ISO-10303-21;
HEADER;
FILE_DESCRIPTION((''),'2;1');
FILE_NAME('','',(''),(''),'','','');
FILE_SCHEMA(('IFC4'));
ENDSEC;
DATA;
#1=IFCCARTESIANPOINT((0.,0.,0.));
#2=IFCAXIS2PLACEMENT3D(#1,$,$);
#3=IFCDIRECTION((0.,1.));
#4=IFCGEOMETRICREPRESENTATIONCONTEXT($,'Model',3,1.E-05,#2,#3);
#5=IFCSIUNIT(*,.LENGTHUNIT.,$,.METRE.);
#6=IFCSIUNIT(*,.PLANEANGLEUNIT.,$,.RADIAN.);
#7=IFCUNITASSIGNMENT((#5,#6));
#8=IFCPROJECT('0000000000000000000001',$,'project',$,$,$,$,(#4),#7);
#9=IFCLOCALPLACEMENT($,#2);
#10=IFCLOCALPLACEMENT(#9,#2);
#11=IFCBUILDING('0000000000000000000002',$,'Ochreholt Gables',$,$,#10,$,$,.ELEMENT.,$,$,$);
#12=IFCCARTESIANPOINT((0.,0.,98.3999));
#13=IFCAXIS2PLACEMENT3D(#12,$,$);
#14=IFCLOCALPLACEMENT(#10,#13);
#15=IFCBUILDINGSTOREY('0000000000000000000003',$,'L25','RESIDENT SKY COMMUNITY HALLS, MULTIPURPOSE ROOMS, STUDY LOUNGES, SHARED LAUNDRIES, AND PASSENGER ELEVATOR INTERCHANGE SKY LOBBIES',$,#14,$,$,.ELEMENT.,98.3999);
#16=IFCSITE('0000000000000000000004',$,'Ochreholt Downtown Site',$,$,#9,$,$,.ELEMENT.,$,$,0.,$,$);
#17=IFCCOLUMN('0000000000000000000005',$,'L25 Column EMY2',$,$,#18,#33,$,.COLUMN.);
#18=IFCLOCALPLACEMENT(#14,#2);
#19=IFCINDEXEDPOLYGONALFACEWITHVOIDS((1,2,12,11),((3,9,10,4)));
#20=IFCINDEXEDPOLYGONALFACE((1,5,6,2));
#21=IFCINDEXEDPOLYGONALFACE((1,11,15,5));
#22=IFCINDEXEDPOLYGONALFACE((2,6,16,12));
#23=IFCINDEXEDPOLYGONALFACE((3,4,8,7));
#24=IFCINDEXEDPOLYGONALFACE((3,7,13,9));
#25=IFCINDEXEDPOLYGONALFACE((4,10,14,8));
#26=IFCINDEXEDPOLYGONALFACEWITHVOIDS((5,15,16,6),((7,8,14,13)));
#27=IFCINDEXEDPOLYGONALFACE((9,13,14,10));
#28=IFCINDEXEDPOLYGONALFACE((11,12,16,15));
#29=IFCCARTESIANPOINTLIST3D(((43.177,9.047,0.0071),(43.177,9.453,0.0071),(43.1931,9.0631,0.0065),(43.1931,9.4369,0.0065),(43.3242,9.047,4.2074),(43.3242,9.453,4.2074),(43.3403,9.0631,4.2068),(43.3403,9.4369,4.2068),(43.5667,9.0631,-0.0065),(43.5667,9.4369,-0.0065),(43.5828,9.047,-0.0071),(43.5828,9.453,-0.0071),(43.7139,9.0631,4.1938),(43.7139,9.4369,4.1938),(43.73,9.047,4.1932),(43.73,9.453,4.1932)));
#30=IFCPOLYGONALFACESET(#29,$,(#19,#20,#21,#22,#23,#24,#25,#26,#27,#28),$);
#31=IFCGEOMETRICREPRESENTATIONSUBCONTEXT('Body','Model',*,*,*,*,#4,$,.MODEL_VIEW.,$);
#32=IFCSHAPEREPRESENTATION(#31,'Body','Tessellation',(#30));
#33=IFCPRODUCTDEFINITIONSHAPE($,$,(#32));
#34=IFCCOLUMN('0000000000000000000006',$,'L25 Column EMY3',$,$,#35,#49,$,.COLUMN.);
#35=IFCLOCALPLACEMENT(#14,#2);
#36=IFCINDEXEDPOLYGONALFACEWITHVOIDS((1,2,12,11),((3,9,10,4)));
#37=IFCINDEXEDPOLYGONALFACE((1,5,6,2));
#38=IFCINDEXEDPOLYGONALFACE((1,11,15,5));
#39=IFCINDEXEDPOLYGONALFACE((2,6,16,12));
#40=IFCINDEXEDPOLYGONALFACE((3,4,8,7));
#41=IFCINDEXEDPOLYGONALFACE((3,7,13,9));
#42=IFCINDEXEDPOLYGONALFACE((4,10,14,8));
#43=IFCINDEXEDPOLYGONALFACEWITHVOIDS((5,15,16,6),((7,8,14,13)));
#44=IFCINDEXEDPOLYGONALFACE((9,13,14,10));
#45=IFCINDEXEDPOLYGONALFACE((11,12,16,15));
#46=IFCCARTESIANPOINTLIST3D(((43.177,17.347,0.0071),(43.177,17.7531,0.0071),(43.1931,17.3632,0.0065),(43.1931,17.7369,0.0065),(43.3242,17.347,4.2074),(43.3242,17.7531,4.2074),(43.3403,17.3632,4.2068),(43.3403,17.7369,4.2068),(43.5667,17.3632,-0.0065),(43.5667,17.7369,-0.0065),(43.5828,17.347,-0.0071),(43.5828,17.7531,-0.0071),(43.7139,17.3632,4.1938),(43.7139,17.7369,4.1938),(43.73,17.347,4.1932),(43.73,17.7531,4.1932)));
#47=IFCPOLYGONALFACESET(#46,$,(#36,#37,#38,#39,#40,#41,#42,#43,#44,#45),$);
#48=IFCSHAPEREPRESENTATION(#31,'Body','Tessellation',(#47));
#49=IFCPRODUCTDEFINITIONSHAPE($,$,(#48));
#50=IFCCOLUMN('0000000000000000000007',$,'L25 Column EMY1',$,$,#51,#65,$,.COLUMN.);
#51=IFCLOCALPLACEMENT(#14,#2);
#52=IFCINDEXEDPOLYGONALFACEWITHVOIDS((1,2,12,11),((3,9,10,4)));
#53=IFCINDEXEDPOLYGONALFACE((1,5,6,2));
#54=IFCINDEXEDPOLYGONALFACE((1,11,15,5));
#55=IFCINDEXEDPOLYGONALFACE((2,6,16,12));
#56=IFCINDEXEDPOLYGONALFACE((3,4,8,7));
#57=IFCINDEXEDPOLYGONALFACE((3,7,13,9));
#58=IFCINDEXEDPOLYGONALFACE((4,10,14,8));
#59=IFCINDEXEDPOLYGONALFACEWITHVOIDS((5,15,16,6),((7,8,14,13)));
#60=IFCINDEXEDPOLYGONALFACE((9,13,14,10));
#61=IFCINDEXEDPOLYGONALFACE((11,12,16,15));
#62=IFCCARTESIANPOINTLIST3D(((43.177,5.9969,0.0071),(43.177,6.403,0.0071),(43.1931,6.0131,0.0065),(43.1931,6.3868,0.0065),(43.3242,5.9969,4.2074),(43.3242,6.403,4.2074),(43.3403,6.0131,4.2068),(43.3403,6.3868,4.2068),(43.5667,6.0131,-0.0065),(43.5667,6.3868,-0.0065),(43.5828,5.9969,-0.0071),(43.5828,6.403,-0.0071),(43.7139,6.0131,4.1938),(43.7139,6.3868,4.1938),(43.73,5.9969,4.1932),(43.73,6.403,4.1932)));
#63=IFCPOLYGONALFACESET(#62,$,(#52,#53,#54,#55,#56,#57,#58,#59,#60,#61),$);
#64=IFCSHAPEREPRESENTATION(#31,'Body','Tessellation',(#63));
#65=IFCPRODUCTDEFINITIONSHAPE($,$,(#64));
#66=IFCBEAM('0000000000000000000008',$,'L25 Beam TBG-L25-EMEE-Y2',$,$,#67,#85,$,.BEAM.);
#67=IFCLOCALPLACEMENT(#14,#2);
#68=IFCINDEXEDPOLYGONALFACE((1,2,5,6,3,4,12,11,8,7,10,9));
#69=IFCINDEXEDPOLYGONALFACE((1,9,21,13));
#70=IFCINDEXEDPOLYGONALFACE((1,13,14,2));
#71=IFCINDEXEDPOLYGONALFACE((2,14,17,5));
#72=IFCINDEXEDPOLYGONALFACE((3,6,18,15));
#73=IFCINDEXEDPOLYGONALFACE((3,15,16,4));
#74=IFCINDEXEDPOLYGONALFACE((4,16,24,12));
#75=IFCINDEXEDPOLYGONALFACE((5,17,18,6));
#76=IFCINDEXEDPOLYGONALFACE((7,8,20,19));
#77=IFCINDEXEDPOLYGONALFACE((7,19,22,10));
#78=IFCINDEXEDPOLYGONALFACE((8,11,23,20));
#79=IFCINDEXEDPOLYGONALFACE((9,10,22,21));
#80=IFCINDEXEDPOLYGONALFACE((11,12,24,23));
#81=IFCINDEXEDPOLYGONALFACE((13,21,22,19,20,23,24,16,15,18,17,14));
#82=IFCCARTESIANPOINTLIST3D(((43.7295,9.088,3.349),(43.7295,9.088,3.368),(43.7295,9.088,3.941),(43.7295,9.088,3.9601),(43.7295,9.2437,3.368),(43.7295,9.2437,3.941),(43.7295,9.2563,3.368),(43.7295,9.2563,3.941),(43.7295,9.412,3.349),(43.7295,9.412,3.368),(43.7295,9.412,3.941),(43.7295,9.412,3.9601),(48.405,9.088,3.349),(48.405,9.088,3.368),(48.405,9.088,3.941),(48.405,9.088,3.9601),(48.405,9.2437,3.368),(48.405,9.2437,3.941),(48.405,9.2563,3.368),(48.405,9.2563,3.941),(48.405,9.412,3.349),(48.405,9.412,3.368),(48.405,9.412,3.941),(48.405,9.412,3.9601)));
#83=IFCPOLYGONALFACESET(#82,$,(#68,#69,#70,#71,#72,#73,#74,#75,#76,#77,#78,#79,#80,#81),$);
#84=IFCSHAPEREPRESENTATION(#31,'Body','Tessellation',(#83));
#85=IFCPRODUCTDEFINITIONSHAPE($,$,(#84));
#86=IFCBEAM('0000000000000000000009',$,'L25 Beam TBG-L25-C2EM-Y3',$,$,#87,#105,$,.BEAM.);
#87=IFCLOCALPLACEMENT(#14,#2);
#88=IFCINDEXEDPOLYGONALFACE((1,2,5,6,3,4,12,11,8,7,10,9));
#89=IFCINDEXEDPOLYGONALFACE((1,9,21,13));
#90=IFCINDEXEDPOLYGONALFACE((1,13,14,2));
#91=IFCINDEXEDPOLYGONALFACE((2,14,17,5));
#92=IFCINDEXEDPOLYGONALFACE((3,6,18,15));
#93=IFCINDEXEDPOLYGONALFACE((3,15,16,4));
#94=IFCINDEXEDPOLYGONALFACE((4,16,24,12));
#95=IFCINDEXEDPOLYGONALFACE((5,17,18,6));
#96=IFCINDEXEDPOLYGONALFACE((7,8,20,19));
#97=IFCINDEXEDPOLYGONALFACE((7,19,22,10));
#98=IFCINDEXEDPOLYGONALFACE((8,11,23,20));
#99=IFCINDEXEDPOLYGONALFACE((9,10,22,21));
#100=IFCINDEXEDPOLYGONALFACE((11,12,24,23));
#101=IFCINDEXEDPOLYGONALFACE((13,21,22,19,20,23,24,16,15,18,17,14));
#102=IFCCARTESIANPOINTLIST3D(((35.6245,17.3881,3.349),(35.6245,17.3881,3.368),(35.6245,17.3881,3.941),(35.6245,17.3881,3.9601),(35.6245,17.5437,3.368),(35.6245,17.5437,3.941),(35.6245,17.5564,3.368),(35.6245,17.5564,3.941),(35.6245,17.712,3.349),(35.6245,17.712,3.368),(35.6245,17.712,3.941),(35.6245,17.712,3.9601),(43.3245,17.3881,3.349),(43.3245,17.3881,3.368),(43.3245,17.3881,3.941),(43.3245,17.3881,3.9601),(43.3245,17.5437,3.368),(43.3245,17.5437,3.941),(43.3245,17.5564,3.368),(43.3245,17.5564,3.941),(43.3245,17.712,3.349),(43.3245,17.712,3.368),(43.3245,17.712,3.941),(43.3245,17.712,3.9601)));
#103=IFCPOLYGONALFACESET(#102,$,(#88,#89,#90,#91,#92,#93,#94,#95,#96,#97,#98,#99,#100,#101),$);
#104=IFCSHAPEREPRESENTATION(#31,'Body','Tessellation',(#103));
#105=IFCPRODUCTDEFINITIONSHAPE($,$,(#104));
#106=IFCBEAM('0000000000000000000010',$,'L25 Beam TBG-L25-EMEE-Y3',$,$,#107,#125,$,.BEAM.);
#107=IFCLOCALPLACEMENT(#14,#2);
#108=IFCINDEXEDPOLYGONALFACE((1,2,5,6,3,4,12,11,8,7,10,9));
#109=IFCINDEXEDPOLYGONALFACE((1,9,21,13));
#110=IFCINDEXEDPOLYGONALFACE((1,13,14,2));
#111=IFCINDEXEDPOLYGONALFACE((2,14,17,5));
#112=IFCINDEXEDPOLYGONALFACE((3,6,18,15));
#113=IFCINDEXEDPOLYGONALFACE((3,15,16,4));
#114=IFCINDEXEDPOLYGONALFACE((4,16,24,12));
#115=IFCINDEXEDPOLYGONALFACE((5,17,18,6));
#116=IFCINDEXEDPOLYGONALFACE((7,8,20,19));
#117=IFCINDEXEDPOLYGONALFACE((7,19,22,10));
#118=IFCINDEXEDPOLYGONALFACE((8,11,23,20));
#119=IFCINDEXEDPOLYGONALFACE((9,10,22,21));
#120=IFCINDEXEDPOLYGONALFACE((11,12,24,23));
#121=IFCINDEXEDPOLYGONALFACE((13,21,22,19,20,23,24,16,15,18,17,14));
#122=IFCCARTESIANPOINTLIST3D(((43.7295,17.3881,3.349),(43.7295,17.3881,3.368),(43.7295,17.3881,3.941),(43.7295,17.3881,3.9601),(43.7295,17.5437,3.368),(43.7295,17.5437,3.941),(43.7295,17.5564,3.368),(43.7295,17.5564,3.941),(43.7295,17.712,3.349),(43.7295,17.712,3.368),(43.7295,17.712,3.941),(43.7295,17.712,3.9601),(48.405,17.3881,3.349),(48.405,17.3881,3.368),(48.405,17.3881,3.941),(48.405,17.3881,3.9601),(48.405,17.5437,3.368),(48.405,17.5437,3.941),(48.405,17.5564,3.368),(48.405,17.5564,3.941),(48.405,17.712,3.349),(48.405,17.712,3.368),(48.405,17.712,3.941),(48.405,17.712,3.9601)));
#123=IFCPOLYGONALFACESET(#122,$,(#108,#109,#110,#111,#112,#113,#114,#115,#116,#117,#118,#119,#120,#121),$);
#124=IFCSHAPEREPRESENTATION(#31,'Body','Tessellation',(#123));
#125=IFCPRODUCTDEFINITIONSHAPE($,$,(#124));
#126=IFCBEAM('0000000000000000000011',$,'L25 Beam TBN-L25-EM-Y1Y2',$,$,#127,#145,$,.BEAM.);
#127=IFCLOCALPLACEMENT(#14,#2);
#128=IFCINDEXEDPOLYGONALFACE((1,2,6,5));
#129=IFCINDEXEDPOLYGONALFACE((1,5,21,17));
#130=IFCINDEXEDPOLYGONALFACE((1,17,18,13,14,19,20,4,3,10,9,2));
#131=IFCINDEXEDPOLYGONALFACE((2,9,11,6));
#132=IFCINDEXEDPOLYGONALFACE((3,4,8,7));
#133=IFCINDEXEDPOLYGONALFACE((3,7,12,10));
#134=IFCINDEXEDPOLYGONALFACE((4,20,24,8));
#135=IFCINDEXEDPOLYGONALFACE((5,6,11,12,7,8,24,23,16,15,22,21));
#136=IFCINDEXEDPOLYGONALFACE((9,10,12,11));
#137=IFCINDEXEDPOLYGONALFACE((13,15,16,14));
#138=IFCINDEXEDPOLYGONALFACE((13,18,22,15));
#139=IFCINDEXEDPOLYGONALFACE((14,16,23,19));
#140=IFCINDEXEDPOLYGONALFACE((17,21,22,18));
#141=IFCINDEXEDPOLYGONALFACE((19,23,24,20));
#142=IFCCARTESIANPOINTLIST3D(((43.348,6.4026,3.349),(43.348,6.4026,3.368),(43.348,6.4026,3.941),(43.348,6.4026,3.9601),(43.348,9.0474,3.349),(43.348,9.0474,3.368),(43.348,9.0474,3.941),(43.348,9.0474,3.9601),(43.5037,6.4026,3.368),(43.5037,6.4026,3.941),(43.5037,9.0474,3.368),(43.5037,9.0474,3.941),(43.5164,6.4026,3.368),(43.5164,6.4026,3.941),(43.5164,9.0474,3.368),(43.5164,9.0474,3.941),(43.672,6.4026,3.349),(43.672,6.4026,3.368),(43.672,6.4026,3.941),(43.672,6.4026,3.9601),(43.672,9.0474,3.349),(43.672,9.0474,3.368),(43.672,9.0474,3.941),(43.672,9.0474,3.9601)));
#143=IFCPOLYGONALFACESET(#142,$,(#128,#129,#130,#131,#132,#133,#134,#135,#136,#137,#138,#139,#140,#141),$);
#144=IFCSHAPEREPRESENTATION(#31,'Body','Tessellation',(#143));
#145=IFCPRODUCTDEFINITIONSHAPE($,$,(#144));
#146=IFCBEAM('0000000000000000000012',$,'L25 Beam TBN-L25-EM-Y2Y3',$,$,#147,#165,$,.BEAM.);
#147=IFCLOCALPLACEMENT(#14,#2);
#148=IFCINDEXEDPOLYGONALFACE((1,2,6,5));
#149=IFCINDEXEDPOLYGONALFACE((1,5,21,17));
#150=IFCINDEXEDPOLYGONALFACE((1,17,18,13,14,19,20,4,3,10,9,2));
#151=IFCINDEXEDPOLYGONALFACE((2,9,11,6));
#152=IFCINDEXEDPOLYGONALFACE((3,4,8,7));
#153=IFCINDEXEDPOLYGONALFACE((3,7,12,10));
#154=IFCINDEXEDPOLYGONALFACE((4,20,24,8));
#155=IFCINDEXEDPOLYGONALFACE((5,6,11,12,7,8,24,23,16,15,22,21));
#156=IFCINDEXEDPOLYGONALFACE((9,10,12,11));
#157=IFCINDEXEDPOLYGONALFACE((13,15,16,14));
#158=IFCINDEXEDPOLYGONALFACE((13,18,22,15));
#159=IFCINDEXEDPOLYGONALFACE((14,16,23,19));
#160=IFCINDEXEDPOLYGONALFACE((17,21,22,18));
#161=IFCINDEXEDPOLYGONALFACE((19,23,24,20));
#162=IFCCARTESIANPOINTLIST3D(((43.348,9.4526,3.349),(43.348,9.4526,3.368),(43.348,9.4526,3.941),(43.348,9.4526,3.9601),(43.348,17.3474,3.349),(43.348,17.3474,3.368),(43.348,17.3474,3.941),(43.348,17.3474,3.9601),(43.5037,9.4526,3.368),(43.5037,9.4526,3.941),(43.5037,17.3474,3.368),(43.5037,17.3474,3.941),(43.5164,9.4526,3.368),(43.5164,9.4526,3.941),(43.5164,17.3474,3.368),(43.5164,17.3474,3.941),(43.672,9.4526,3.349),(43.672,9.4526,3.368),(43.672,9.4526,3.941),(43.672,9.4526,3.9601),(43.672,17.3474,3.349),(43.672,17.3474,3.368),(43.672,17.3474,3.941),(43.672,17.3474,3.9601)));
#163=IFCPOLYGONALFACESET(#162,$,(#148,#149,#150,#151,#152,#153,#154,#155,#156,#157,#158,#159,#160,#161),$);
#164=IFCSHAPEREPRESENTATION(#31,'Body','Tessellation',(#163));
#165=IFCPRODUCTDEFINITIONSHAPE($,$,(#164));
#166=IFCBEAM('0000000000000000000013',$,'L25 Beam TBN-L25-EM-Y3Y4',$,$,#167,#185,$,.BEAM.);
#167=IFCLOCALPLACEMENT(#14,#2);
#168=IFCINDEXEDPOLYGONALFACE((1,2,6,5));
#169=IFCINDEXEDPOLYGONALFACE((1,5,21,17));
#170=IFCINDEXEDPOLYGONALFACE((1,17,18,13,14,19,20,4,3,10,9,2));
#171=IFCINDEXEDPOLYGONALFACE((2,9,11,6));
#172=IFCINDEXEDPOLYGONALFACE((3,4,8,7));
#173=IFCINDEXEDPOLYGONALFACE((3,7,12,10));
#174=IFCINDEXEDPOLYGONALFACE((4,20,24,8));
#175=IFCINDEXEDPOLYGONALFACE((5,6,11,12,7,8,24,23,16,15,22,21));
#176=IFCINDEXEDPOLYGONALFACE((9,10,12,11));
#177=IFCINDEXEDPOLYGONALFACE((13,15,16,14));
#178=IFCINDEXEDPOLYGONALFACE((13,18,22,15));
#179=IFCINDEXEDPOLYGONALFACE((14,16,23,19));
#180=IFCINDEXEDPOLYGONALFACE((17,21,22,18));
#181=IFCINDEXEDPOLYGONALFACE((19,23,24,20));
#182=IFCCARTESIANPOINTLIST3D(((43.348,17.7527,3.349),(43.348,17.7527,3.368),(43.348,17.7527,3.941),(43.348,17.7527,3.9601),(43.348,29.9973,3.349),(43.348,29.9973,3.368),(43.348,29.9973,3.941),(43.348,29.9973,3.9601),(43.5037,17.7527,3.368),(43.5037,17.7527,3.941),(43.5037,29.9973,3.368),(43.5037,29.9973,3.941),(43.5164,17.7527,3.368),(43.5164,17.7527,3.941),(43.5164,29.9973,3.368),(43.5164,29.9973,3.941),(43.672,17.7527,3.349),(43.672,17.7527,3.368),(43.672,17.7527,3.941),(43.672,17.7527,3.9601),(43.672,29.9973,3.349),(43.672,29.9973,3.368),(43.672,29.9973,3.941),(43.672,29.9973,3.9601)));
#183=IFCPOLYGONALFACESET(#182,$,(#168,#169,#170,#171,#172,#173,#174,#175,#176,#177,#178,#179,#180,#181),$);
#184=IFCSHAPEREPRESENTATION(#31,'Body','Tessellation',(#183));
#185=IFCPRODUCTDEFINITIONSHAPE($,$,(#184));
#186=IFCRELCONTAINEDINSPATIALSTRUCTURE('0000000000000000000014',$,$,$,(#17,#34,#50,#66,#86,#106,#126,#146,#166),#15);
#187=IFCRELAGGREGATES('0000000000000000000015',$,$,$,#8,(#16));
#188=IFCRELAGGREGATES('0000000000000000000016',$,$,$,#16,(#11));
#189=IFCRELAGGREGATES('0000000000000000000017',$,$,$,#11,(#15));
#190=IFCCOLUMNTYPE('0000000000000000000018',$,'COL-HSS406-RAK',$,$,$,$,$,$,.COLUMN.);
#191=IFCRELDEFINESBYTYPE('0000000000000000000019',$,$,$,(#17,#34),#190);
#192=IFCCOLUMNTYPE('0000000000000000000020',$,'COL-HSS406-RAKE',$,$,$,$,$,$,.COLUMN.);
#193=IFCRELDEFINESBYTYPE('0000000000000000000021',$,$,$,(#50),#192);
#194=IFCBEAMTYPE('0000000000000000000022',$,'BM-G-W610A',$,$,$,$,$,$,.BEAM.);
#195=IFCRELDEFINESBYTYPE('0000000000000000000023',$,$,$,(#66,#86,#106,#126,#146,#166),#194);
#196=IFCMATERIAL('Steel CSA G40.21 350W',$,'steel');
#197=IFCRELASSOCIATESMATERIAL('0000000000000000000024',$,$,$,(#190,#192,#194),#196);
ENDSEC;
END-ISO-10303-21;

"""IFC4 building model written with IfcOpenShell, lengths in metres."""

from ifc_helpers import new_model, si_unit, direction, frame, origin, origin_2d, place, context, subcontext, project, spatial, hollow_rectangle, i_section, extrude, material, material_profile, profile_set, type_object, element, save


model = new_model("IFC4")

# Units and contexts
model_context = context("Model", 3, precision=1e-05, world=origin(), true_north=direction((0.0, 1.0)))
body_context = subcontext(model_context, "Body", "Model", "MODEL_VIEW")
ifc_project = project(units=[si_unit("LENGTHUNIT", "METRE"), si_unit("PLANEANGLEUNIT", "RADIAN")], contexts=[model_context])

# Site, building, storey
site_placement = place(None, origin())
site = spatial("IfcSite", under=ifc_project, at=site_placement, Name="Ochreholt Downtown Site", CompositionType="ELEMENT", RefElevation=0.0)
building_placement = place(site_placement, origin())
building = spatial("IfcBuilding", under=site, at=building_placement, Name="Ochreholt Gables", CompositionType="ELEMENT")
storey_placement = place(building_placement, frame((0.0, 0.0, 98.3999)))
storey = spatial("IfcBuildingStorey", under=building, at=storey_placement, Name="L25", Description="RESIDENT SKY COMMUNITY HALLS, MULTIPURPOSE ROOMS, STUDY LOUNGES, SHARED LAUNDRIES, AND PASSENGER ELEVATOR INTERCHANGE SKY LOBBIES", CompositionType="ELEMENT", Elevation=98.3999)

# Columns
ifc_material_1 = material(Name="Steel CSA G40.21 350W", Category="steel")
ifc_material_profile_1 = material_profile(ifc_material_1, hollow_rectangle(XDim=0.406, YDim=0.406, WallThickness=0.0161, at=origin_2d()), Name="HSS406X406X16")
ifc_profile_set_1 = profile_set([ifc_material_profile_1], Name="Steel CSA G40.21 350W")
column_type_1 = type_object("IfcColumnType", Name="COL-HSS406-RAK", PredefinedType="COLUMN", material=ifc_profile_set_1)
for number, where, z_axis, x_axis, name in (
    (1, (43.3799, 9.25, 0.0), (0.035028, 0.0, 0.999386), (0.0, 1.0, 0.0), "L25 Column EMY2"),
    (2, (43.3799, 17.55, 0.0), (0.035028, 0.0, 0.999386), (0.0, 1.0, 0.0), "L25 Column EMY3"),
):
    element("IfcColumn", number, at=place(storey_placement, frame(where, z_axis=z_axis, x_axis=x_axis)), inside=storey, type_object=column_type_1, Name=name, PredefinedType="COLUMN", context=body_context, shape_type="SweptSolid", body=[
        extrude(hollow_rectangle(XDim=0.406, YDim=0.406, WallThickness=0.0161, at=origin_2d()), origin(), (0.0, 0.0, 1.0), 4.2029),
    ])
ifc_material_profile_2 = material_profile(ifc_material_1, hollow_rectangle(XDim=0.406, YDim=0.406, WallThickness=0.0161, at=origin_2d()), Name="HSS406X406X16")
ifc_profile_set_2 = profile_set([ifc_material_profile_2], Name="Steel CSA G40.21 350W")
column_type_2 = type_object("IfcColumnType", Name="COL-HSS406-RAKE", PredefinedType="COLUMN", material=ifc_profile_set_2)
column_placement = place(storey_placement, frame((43.3799, 6.2, 0.0), z_axis=(0.035028, 0.0, 0.999386), x_axis=(0.0, 1.0, 0.0)))
element("IfcColumn", 3, at=column_placement, inside=storey, type_object=column_type_2, Name="L25 Column EMY1", PredefinedType="COLUMN", context=body_context, shape_type="SweptSolid", body=[
    extrude(hollow_rectangle(XDim=0.406, YDim=0.406, WallThickness=0.0161, at=origin_2d()), origin(), (0.0, 0.0, 1.0), 4.2029),
])

# Beams
ifc_material_profile_3 = material_profile(ifc_material_1, i_section(OverallWidth=0.324, OverallDepth=0.6111, WebThickness=0.0127, FlangeThickness=0.019, at=origin_2d()), Name="W610X155")
ifc_profile_set_3 = profile_set([ifc_material_profile_3], Name="Steel CSA G40.21 350W")
beam_type_1 = type_object("IfcBeamType", Name="BM-G-W610A", PredefinedType="BEAM", material=ifc_profile_set_3)
beam_1_placement = place(storey_placement, frame((43.7295, 9.25, 3.6545), z_axis=(1.0, 0.0, 0.0), x_axis=(0.0, 1.0, 0.0)))
element("IfcBeam", 4, at=beam_1_placement, inside=storey, type_object=beam_type_1, Name="L25 Beam TBG-L25-EMEE-Y2", PredefinedType="BEAM", context=body_context, shape_type="SweptSolid", body=[
    extrude(i_section(OverallWidth=0.324, OverallDepth=0.6111, WebThickness=0.0127, FlangeThickness=0.019, at=origin_2d()), origin(), (0.0, 0.0, 1.0), 4.6755),
])
beam_2_placement = place(storey_placement, frame((35.6245, 17.55, 3.6545), z_axis=(1.0, 0.0, 0.0), x_axis=(0.0, 1.0, 0.0)))
element("IfcBeam", 5, at=beam_2_placement, inside=storey, type_object=beam_type_1, Name="L25 Beam TBG-L25-C2EM-Y3", PredefinedType="BEAM", context=body_context, shape_type="SweptSolid", body=[
    extrude(i_section(OverallWidth=0.324, OverallDepth=0.6111, WebThickness=0.0127, FlangeThickness=0.019, at=origin_2d()), origin(), (0.0, 0.0, 1.0), 7.7),
])
beam_3_placement = place(storey_placement, frame((43.7295, 17.55, 3.6545), z_axis=(1.0, 0.0, 0.0), x_axis=(0.0, 1.0, 0.0)))
element("IfcBeam", 6, at=beam_3_placement, inside=storey, type_object=beam_type_1, Name="L25 Beam TBG-L25-EMEE-Y3", PredefinedType="BEAM", context=body_context, shape_type="SweptSolid", body=[
    extrude(i_section(OverallWidth=0.324, OverallDepth=0.6111, WebThickness=0.0127, FlangeThickness=0.019, at=origin_2d()), origin(), (0.0, 0.0, 1.0), 4.6755),
])
beam_4_placement = place(storey_placement, frame((43.51, 6.4026, 3.6545), z_axis=(0.0, 1.0, 0.0), x_axis=(-1.0, 0.0, 0.0)))
element("IfcBeam", 7, at=beam_4_placement, inside=storey, type_object=beam_type_1, Name="L25 Beam TBN-L25-EM-Y1Y2", PredefinedType="BEAM", context=body_context, shape_type="SweptSolid", body=[
    extrude(i_section(OverallWidth=0.324, OverallDepth=0.6111, WebThickness=0.0127, FlangeThickness=0.019, at=origin_2d()), origin(), (0.0, 0.0, 1.0), 2.6448),
])
beam_5_placement = place(storey_placement, frame((43.51, 9.4526, 3.6545), z_axis=(0.0, 1.0, 0.0), x_axis=(-1.0, 0.0, 0.0)))
element("IfcBeam", 8, at=beam_5_placement, inside=storey, type_object=beam_type_1, Name="L25 Beam TBN-L25-EM-Y2Y3", PredefinedType="BEAM", context=body_context, shape_type="SweptSolid", body=[
    extrude(i_section(OverallWidth=0.324, OverallDepth=0.6111, WebThickness=0.0127, FlangeThickness=0.019, at=origin_2d()), origin(), (0.0, 0.0, 1.0), 7.8948),
])
beam_6_placement = place(storey_placement, frame((43.51, 17.7527, 3.6545), z_axis=(0.0, 1.0, 0.0), x_axis=(-1.0, 0.0, 0.0)))
element("IfcBeam", 9, at=beam_6_placement, inside=storey, type_object=beam_type_1, Name="L25 Beam TBN-L25-EM-Y3Y4", PredefinedType="BEAM", context=body_context, shape_type="SweptSolid", body=[
    extrude(i_section(OverallWidth=0.324, OverallDepth=0.6111, WebThickness=0.0127, FlangeThickness=0.019, at=origin_2d()), origin(), (0.0, 0.0, 1.0), 12.2446),
])

save(model, "model.ifc")
